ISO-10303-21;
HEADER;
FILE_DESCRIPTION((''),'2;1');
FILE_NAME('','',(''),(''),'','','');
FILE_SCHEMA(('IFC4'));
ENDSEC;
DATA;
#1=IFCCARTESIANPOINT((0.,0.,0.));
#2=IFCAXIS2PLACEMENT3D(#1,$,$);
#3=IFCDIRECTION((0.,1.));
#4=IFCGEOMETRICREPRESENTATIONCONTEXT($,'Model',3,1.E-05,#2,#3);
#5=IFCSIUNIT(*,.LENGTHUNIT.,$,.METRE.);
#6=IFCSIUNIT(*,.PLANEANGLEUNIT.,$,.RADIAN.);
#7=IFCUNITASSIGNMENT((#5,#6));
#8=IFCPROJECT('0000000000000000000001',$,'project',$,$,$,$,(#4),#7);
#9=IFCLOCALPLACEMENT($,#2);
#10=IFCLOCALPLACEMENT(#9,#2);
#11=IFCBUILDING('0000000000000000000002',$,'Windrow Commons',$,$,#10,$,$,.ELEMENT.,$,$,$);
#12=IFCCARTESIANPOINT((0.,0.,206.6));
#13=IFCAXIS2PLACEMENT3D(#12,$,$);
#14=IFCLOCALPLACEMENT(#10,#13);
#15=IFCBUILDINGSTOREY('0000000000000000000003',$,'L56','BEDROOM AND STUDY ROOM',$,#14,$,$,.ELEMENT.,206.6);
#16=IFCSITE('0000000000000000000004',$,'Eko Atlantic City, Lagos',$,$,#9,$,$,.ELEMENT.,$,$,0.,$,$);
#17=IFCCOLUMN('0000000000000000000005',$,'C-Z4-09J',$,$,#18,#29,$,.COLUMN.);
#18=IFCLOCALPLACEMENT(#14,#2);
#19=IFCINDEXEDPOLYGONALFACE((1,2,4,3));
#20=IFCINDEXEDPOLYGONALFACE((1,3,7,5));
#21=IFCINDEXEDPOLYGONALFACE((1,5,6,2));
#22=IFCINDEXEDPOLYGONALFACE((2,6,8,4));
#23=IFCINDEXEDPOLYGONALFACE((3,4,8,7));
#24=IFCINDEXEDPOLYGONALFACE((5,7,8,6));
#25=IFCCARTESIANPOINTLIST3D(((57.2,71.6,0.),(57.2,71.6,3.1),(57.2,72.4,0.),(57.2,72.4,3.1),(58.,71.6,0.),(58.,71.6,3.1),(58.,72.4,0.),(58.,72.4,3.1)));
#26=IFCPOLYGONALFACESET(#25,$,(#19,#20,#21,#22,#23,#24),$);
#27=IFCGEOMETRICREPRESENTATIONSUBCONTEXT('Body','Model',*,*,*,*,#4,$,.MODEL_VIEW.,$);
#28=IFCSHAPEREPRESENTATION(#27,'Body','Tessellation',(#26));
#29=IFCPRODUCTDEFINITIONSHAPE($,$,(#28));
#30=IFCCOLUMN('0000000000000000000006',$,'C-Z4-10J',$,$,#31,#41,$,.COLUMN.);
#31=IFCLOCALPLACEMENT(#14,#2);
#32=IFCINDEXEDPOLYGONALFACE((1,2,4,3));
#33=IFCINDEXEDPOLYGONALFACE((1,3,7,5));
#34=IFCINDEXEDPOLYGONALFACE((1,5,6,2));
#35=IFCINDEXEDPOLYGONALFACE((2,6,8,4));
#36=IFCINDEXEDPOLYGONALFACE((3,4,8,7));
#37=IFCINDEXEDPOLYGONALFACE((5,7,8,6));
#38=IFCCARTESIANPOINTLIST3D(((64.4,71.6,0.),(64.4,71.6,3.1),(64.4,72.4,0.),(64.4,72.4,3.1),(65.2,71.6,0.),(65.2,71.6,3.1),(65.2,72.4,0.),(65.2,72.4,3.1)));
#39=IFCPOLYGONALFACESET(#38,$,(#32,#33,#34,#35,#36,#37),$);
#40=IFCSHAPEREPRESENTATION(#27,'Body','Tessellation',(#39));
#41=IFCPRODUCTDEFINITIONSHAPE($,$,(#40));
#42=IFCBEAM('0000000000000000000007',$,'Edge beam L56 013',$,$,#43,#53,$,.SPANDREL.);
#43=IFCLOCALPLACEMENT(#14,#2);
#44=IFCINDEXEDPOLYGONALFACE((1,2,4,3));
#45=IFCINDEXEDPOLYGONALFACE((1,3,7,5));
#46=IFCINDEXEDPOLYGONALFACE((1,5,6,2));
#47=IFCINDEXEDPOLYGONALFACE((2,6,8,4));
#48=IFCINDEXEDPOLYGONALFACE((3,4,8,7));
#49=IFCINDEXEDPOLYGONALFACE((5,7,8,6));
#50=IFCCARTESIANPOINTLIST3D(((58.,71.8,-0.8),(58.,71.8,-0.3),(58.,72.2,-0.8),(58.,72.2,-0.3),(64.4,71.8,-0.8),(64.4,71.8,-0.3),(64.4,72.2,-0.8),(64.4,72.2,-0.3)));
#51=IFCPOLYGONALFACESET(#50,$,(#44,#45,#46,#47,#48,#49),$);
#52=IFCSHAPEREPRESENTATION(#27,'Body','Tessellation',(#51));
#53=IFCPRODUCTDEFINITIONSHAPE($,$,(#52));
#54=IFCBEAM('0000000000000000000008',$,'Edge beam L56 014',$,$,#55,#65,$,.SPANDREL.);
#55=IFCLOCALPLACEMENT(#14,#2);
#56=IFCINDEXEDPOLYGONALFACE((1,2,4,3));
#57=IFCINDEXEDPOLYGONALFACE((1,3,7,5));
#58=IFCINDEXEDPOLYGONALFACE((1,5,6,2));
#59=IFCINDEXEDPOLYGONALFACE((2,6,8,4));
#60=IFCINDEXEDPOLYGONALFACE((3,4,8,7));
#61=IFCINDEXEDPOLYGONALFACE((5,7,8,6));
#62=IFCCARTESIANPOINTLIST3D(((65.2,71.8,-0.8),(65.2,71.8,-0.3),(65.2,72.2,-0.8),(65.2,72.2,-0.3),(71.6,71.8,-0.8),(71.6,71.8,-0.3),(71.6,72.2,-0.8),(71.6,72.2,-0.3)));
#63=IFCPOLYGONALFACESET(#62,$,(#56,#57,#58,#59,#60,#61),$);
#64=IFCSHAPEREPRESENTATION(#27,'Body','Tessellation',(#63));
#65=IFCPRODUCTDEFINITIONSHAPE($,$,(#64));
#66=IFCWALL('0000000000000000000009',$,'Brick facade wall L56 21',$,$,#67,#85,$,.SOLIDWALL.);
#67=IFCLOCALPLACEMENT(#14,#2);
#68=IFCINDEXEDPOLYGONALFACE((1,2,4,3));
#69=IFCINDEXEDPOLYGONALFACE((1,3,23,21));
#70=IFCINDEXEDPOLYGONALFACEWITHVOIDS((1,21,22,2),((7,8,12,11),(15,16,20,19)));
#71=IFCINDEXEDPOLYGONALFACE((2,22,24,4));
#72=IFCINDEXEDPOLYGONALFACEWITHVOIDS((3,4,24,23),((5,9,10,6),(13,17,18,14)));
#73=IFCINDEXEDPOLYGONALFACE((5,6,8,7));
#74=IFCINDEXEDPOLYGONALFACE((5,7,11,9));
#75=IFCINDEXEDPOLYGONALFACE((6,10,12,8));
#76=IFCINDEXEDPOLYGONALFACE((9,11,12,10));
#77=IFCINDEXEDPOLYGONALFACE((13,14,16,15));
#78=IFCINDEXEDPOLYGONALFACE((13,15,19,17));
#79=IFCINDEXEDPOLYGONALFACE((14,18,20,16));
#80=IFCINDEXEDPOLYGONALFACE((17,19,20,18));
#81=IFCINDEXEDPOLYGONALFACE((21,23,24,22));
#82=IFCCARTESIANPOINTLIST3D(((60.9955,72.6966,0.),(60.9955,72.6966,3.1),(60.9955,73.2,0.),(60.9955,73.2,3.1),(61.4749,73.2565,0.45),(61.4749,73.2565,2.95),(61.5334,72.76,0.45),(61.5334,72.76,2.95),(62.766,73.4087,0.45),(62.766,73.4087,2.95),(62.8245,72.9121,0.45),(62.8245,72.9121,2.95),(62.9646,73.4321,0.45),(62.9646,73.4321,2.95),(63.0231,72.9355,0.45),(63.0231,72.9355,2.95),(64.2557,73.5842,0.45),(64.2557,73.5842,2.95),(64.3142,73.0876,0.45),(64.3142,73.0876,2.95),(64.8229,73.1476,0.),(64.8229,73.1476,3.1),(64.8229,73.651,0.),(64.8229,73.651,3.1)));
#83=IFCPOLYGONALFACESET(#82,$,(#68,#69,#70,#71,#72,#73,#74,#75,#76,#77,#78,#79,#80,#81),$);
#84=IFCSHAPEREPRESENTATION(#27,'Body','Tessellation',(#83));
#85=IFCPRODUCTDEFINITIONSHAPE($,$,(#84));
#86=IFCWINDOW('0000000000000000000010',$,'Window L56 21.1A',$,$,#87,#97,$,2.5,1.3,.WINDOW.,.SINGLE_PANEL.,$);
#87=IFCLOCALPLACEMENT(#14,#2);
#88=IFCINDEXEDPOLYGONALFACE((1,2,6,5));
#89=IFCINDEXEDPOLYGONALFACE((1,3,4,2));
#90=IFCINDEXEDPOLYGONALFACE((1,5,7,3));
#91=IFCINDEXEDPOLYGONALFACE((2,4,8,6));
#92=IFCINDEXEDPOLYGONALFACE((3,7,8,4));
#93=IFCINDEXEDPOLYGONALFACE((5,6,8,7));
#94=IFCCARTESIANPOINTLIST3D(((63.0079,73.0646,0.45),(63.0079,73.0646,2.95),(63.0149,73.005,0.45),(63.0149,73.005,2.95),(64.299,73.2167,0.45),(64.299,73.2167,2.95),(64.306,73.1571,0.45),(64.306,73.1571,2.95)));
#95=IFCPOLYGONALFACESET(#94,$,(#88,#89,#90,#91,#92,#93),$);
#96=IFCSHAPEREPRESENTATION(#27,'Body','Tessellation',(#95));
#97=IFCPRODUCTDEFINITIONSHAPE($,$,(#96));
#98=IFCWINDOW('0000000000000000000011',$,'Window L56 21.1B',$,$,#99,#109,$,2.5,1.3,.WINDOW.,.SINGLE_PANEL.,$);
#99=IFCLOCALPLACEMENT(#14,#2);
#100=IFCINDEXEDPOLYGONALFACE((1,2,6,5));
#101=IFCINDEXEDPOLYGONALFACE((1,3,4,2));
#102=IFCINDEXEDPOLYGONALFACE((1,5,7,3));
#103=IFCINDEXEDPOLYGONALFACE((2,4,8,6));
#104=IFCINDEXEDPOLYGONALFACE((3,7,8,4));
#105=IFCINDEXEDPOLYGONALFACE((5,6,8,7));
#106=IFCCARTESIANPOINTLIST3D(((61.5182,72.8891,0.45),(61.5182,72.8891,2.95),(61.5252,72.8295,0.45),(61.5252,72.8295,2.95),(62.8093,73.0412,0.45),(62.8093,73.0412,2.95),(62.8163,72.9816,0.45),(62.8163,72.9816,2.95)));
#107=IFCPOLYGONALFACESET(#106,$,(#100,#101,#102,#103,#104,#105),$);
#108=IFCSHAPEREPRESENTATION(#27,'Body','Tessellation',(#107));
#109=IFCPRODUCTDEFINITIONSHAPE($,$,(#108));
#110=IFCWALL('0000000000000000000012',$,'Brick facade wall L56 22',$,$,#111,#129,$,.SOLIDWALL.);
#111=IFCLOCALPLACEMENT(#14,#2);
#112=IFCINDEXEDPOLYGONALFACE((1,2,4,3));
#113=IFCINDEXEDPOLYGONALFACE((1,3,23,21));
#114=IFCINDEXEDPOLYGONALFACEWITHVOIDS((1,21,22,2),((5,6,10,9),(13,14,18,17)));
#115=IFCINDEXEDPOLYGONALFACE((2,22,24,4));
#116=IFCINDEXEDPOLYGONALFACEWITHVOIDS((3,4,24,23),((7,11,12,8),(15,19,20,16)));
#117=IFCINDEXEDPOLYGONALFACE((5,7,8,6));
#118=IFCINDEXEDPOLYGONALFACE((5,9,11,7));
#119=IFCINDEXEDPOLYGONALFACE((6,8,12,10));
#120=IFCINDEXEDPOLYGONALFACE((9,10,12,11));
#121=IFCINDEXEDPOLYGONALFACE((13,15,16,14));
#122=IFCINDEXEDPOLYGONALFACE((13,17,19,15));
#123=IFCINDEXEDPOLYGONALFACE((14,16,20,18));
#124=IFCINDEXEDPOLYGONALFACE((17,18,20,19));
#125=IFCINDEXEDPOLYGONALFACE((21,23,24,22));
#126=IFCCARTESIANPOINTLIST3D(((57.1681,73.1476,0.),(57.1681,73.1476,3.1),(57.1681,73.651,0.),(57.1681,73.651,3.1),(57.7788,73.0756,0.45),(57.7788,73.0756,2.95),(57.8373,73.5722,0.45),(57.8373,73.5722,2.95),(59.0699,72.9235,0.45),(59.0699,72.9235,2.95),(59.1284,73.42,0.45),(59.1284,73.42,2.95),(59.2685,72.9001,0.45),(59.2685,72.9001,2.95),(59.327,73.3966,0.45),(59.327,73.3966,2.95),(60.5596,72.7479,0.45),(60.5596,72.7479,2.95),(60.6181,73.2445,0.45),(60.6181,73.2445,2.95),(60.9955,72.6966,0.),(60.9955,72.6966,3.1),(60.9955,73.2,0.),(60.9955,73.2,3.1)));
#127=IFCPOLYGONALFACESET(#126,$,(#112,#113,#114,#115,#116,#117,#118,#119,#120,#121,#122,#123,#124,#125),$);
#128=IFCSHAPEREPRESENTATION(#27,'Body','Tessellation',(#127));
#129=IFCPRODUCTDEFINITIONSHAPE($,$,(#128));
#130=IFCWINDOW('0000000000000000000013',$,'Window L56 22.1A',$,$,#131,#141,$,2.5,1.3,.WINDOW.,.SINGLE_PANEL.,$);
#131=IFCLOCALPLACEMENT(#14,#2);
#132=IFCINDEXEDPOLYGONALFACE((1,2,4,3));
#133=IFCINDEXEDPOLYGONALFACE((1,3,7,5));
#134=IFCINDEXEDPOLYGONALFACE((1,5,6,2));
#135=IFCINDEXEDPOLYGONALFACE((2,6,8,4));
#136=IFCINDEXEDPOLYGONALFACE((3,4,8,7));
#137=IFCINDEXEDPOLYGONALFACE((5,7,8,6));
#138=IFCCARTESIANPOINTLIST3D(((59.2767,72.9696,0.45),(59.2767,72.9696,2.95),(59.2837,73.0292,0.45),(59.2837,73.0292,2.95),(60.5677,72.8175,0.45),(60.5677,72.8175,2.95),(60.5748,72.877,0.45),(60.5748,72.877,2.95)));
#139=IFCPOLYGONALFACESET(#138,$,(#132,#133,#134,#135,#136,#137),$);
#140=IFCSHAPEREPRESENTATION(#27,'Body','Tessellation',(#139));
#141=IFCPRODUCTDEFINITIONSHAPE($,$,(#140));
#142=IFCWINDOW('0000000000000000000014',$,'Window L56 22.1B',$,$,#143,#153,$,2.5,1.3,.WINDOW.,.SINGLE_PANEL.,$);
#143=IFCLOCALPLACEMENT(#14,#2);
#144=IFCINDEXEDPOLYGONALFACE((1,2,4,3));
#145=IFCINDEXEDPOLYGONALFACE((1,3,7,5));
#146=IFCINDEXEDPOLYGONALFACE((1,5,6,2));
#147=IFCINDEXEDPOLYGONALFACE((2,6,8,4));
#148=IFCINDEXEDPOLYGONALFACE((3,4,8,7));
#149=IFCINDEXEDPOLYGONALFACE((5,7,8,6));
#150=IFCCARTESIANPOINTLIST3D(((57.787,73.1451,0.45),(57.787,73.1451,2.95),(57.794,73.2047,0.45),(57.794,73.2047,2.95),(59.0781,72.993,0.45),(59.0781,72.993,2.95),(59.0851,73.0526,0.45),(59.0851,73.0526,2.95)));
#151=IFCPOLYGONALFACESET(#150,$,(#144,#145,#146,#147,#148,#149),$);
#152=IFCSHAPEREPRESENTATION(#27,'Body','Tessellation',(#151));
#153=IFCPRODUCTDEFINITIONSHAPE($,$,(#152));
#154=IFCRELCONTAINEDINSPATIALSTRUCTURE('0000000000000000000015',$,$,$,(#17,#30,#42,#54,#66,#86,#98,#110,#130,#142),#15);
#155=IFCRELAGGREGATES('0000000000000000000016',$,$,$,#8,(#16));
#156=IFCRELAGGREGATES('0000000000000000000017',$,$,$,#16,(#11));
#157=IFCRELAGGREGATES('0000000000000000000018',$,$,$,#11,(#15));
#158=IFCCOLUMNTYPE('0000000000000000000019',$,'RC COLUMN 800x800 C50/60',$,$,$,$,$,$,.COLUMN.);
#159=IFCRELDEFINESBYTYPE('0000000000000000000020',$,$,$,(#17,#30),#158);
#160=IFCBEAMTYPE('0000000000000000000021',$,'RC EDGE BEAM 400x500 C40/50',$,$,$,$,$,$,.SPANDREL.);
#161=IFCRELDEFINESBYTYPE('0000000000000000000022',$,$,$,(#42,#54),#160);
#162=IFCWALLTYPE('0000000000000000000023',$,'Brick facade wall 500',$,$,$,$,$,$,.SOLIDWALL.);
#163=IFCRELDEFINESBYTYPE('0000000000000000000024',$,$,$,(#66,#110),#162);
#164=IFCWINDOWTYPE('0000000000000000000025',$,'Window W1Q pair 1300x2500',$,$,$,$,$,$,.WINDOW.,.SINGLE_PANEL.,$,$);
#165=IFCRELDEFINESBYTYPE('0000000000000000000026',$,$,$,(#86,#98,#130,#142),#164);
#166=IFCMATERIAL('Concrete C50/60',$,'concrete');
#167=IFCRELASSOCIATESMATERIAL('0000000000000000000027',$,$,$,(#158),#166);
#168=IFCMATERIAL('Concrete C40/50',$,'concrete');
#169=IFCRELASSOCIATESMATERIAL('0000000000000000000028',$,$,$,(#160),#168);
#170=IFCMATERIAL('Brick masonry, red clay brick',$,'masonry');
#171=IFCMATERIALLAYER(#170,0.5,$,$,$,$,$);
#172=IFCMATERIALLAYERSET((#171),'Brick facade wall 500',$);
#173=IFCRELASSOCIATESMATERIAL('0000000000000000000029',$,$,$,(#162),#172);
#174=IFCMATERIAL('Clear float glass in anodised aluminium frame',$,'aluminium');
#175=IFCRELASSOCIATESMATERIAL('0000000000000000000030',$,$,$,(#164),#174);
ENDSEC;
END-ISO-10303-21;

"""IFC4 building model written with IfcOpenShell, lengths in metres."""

from ifc_helpers import new_model, si_unit, direction, frame, frame_2d, origin, origin_2d, place, context, subcontext, project, spatial, polyline, rectangle, outline, extrude, material, layer, layer_set, material_profile, profile_set, type_object, element, fill, save


model = new_model("IFC4")

# Units and contexts
model_context = context("Model", 3, precision=1e-05, world=origin(), true_north=direction((0.0, 1.0)))
body_context = subcontext(model_context, "Body", "Model", "MODEL_VIEW")
ifc_project = project(units=[si_unit("LENGTHUNIT", "METRE"), si_unit("PLANEANGLEUNIT", "RADIAN")], contexts=[model_context])

# Site, building, storey
site_placement = place(None, origin())
site = spatial("IfcSite", under=ifc_project, at=site_placement, Name="Eko Atlantic City, Lagos", CompositionType="ELEMENT", RefElevation=0.0)
building_placement = place(site_placement, origin())
building = spatial("IfcBuilding", under=site, at=building_placement, Name="Windrow Commons", CompositionType="ELEMENT")
storey_placement = place(building_placement, frame((0.0, 0.0, 206.6)))
storey = spatial("IfcBuildingStorey", under=building, at=storey_placement, Name="L56", Description="BEDROOM AND STUDY ROOM", CompositionType="ELEMENT", Elevation=206.6)

# Columns
ifc_material_1 = material(Name="Concrete C50/60", Category="concrete")
ifc_material_profile_1 = material_profile(ifc_material_1, rectangle(XDim=0.8, YDim=0.8, at=origin_2d()))
ifc_profile_set_1 = profile_set([ifc_material_profile_1], Name="Concrete C50/60")
column_type = type_object("IfcColumnType", Name="RC COLUMN 800x800 C50/60", PredefinedType="COLUMN", material=ifc_profile_set_1)
for number, where, z_axis, x_axis, name in (
    (1, (57.6, 72.0, 0.0), (0.0, 0.0, 1.0), (1.0, 0.0, 0.0), "C-Z4-09J"),
    (2, (64.8, 72.0, 0.0), (0.0, 0.0, 1.0), (1.0, 0.0, 0.0), "C-Z4-10J"),
):
    element("IfcColumn", number, at=place(storey_placement, frame(where, z_axis=z_axis, x_axis=x_axis)), inside=storey, type_object=column_type, Name=name, PredefinedType="COLUMN", context=body_context, shape_type="SweptSolid", body=[
        extrude(rectangle(XDim=0.8, YDim=0.8, at=origin_2d()), origin(), (0.0, 0.0, 1.0), 3.1),
    ])

# Beams
ifc_material_2 = material(Name="Concrete C40/50", Category="concrete")
ifc_material_profile_2 = material_profile(ifc_material_2, rectangle(XDim=0.4, YDim=0.5, at=origin_2d()))
ifc_profile_set_2 = profile_set([ifc_material_profile_2], Name="Concrete C40/50")
beam_type = type_object("IfcBeamType", Name="RC EDGE BEAM 400x500 C40/50", PredefinedType="SPANDREL", material=ifc_profile_set_2)
for number, where, z_axis, x_axis, name in (
    (3, (58.0, 72.0, -0.55), (1.0, 0.0, 0.0), (0.0, 1.0, 0.0), "Edge beam L56 013"),
    (4, (65.2, 72.0, -0.55), (1.0, 0.0, 0.0), (0.0, 1.0, 0.0), "Edge beam L56 014"),
):
    element("IfcBeam", number, at=place(storey_placement, frame(where, z_axis=z_axis, x_axis=x_axis)), inside=storey, type_object=beam_type, Name=name, PredefinedType="SPANDREL", context=body_context, shape_type="SweptSolid", body=[
        extrude(rectangle(XDim=0.4, YDim=0.5, at=origin_2d()), origin(), (0.0, 0.0, 1.0), 6.4),
    ])

# Walls, openings, windows
ifc_material_3 = material(Name="Brick masonry, red clay brick", Category="masonry")
ifc_layer_1 = layer(ifc_material_3, 0.5)
ifc_layer_set_1 = layer_set([ifc_layer_1], Name="Brick facade wall 500")
wall_type_1 = type_object("IfcWallType", Name="Brick facade wall 500", PredefinedType="SOLIDWALL", material=ifc_layer_set_1)
wall_1_placement = place(storey_placement, frame((64.8229, 73.3993, 0.0), z_axis=(0.0, 0.0, 1.0), x_axis=(-0.993129, -0.117025, 0.0)))
wall_1 = element("IfcWall", 5, at=wall_1_placement, inside=storey, type_object=wall_type_1, Name="Brick facade wall L56 21", PredefinedType="SOLIDWALL", context=body_context, shape_type="SweptSolid", body=[
    extrude(outline(polyline([(-0.0295, -0.25), (3.8244, -0.25), (3.8833, 0.25), (0.0295, 0.25), (-0.0295, -0.25)])), origin(), (0.0, 0.0, 1.0), 3.1),
])
opening_1_placement = place(wall_1_placement, frame((0.5417, 0.0, 0.45)))
opening_1 = element("IfcOpeningElement", 6, at=opening_1_placement, cuts=wall_1, PredefinedType="OPENING", context=body_context, shape_type="SweptSolid", body=[
    extrude(rectangle(XDim=1.3, YDim=2.5, at=frame_2d((0.65, 1.25))), frame((0.0, 0.26, 0.0), z_axis=(0.0, -1.0, 0.0), x_axis=(1.0, 0.0, 0.0)), (0.0, 0.0, 1.0), 0.52),
])
opening_2_placement = place(wall_1_placement, frame((2.0417, 0.0, 0.45)))
opening_2 = element("IfcOpeningElement", 7, at=opening_2_placement, cuts=wall_1, PredefinedType="OPENING", context=body_context, shape_type="SweptSolid", body=[
    extrude(rectangle(XDim=1.3, YDim=2.5, at=frame_2d((0.65, 1.25))), frame((0.0, 0.26, 0.0), z_axis=(0.0, -1.0, 0.0), x_axis=(1.0, 0.0, 0.0)), (0.0, 0.0, 1.0), 0.52),
])
ifc_material_4 = material(Name="Clear float glass in anodised aluminium frame", Category="aluminium")
window_type_1 = type_object("IfcWindowType", Name="Window W1Q pair 1300x2500", PartitioningType="SINGLE_PANEL", PredefinedType="WINDOW", material=ifc_material_4)
window_1_placement = place(opening_1_placement, origin())
window_1 = element("IfcWindow", 8, at=window_1_placement, inside=storey, type_object=window_type_1, Name="Window L56 21.1A", OverallHeight=2.5, OverallWidth=1.3, PartitioningType="SINGLE_PANEL", PredefinedType="WINDOW", context=body_context, shape_type="SweptSolid", body=[
    extrude(rectangle(XDim=1.3, YDim=2.5, at=frame_2d((0.65, 1.25))), frame((0.0, 0.18, 0.0), z_axis=(0.0, -1.0, 0.0), x_axis=(1.0, 0.0, 0.0)), (0.0, 0.0, 1.0), 0.06),
])
fill(opening_1, window_1)
window_2_placement = place(opening_2_placement, origin())
window_2 = element("IfcWindow", 9, at=window_2_placement, inside=storey, type_object=window_type_1, Name="Window L56 21.1B", OverallHeight=2.5, OverallWidth=1.3, PartitioningType="SINGLE_PANEL", PredefinedType="WINDOW", context=body_context, shape_type="SweptSolid", body=[
    extrude(rectangle(XDim=1.3, YDim=2.5, at=frame_2d((0.65, 1.25))), frame((0.0, 0.18, 0.0), z_axis=(0.0, -1.0, 0.0), x_axis=(1.0, 0.0, 0.0)), (0.0, 0.0, 1.0), 0.06),
])
fill(opening_2, window_2)
wall_2_placement = place(storey_placement, frame((60.9955, 72.9483, 0.0), z_axis=(0.0, 0.0, 1.0), x_axis=(-0.993129, 0.117025, 0.0)))
wall_2 = element("IfcWall", 10, at=wall_2_placement, inside=storey, type_object=wall_type_1, Name="Brick facade wall L56 22", PredefinedType="SOLIDWALL", context=body_context, shape_type="SweptSolid", body=[
    extrude(outline(polyline([(0.0295, -0.25), (3.8833, -0.25), (3.8244, 0.25), (-0.0295, 0.25), (0.0295, -0.25)])), origin(), (0.0, 0.0, 1.0), 3.1),
])
opening_3_placement = place(wall_2_placement, frame((0.4095, 0.0, 0.45)))
opening_3 = element("IfcOpeningElement", 11, at=opening_3_placement, cuts=wall_2, PredefinedType="OPENING", context=body_context, shape_type="SweptSolid", body=[
    extrude(rectangle(XDim=1.3, YDim=2.5, at=frame_2d((0.65, 1.25))), frame((0.0, 0.26, 0.0), z_axis=(0.0, -1.0, 0.0), x_axis=(1.0, 0.0, 0.0)), (0.0, 0.0, 1.0), 0.52),
])
opening_4_placement = place(wall_2_placement, frame((1.9095, 0.0, 0.45)))
opening_4 = element("IfcOpeningElement", 12, at=opening_4_placement, cuts=wall_2, PredefinedType="OPENING", context=body_context, shape_type="SweptSolid", body=[
    extrude(rectangle(XDim=1.3, YDim=2.5, at=frame_2d((0.65, 1.25))), frame((0.0, 0.26, 0.0), z_axis=(0.0, -1.0, 0.0), x_axis=(1.0, 0.0, 0.0)), (0.0, 0.0, 1.0), 0.52),
])
window_3_placement = place(opening_3_placement, origin())
window_3 = element("IfcWindow", 13, at=window_3_placement, inside=storey, type_object=window_type_1, Name="Window L56 22.1A", OverallHeight=2.5, OverallWidth=1.3, PartitioningType="SINGLE_PANEL", PredefinedType="WINDOW", context=body_context, shape_type="SweptSolid", body=[
    extrude(rectangle(XDim=1.3, YDim=2.5, at=frame_2d((0.65, 1.25))), frame((0.0, 0.18, 0.0), z_axis=(0.0, -1.0, 0.0), x_axis=(1.0, 0.0, 0.0)), (0.0, 0.0, 1.0), 0.06),
])
fill(opening_3, window_3)
window_4_placement = place(opening_4_placement, origin())
window_4 = element("IfcWindow", 14, at=window_4_placement, inside=storey, type_object=window_type_1, Name="Window L56 22.1B", OverallHeight=2.5, OverallWidth=1.3, PartitioningType="SINGLE_PANEL", PredefinedType="WINDOW", context=body_context, shape_type="SweptSolid", body=[
    extrude(rectangle(XDim=1.3, YDim=2.5, at=frame_2d((0.65, 1.25))), frame((0.0, 0.18, 0.0), z_axis=(0.0, -1.0, 0.0), x_axis=(1.0, 0.0, 0.0)), (0.0, 0.0, 1.0), 0.06),
])
fill(opening_4, window_4)

save(model, "model.ifc")
